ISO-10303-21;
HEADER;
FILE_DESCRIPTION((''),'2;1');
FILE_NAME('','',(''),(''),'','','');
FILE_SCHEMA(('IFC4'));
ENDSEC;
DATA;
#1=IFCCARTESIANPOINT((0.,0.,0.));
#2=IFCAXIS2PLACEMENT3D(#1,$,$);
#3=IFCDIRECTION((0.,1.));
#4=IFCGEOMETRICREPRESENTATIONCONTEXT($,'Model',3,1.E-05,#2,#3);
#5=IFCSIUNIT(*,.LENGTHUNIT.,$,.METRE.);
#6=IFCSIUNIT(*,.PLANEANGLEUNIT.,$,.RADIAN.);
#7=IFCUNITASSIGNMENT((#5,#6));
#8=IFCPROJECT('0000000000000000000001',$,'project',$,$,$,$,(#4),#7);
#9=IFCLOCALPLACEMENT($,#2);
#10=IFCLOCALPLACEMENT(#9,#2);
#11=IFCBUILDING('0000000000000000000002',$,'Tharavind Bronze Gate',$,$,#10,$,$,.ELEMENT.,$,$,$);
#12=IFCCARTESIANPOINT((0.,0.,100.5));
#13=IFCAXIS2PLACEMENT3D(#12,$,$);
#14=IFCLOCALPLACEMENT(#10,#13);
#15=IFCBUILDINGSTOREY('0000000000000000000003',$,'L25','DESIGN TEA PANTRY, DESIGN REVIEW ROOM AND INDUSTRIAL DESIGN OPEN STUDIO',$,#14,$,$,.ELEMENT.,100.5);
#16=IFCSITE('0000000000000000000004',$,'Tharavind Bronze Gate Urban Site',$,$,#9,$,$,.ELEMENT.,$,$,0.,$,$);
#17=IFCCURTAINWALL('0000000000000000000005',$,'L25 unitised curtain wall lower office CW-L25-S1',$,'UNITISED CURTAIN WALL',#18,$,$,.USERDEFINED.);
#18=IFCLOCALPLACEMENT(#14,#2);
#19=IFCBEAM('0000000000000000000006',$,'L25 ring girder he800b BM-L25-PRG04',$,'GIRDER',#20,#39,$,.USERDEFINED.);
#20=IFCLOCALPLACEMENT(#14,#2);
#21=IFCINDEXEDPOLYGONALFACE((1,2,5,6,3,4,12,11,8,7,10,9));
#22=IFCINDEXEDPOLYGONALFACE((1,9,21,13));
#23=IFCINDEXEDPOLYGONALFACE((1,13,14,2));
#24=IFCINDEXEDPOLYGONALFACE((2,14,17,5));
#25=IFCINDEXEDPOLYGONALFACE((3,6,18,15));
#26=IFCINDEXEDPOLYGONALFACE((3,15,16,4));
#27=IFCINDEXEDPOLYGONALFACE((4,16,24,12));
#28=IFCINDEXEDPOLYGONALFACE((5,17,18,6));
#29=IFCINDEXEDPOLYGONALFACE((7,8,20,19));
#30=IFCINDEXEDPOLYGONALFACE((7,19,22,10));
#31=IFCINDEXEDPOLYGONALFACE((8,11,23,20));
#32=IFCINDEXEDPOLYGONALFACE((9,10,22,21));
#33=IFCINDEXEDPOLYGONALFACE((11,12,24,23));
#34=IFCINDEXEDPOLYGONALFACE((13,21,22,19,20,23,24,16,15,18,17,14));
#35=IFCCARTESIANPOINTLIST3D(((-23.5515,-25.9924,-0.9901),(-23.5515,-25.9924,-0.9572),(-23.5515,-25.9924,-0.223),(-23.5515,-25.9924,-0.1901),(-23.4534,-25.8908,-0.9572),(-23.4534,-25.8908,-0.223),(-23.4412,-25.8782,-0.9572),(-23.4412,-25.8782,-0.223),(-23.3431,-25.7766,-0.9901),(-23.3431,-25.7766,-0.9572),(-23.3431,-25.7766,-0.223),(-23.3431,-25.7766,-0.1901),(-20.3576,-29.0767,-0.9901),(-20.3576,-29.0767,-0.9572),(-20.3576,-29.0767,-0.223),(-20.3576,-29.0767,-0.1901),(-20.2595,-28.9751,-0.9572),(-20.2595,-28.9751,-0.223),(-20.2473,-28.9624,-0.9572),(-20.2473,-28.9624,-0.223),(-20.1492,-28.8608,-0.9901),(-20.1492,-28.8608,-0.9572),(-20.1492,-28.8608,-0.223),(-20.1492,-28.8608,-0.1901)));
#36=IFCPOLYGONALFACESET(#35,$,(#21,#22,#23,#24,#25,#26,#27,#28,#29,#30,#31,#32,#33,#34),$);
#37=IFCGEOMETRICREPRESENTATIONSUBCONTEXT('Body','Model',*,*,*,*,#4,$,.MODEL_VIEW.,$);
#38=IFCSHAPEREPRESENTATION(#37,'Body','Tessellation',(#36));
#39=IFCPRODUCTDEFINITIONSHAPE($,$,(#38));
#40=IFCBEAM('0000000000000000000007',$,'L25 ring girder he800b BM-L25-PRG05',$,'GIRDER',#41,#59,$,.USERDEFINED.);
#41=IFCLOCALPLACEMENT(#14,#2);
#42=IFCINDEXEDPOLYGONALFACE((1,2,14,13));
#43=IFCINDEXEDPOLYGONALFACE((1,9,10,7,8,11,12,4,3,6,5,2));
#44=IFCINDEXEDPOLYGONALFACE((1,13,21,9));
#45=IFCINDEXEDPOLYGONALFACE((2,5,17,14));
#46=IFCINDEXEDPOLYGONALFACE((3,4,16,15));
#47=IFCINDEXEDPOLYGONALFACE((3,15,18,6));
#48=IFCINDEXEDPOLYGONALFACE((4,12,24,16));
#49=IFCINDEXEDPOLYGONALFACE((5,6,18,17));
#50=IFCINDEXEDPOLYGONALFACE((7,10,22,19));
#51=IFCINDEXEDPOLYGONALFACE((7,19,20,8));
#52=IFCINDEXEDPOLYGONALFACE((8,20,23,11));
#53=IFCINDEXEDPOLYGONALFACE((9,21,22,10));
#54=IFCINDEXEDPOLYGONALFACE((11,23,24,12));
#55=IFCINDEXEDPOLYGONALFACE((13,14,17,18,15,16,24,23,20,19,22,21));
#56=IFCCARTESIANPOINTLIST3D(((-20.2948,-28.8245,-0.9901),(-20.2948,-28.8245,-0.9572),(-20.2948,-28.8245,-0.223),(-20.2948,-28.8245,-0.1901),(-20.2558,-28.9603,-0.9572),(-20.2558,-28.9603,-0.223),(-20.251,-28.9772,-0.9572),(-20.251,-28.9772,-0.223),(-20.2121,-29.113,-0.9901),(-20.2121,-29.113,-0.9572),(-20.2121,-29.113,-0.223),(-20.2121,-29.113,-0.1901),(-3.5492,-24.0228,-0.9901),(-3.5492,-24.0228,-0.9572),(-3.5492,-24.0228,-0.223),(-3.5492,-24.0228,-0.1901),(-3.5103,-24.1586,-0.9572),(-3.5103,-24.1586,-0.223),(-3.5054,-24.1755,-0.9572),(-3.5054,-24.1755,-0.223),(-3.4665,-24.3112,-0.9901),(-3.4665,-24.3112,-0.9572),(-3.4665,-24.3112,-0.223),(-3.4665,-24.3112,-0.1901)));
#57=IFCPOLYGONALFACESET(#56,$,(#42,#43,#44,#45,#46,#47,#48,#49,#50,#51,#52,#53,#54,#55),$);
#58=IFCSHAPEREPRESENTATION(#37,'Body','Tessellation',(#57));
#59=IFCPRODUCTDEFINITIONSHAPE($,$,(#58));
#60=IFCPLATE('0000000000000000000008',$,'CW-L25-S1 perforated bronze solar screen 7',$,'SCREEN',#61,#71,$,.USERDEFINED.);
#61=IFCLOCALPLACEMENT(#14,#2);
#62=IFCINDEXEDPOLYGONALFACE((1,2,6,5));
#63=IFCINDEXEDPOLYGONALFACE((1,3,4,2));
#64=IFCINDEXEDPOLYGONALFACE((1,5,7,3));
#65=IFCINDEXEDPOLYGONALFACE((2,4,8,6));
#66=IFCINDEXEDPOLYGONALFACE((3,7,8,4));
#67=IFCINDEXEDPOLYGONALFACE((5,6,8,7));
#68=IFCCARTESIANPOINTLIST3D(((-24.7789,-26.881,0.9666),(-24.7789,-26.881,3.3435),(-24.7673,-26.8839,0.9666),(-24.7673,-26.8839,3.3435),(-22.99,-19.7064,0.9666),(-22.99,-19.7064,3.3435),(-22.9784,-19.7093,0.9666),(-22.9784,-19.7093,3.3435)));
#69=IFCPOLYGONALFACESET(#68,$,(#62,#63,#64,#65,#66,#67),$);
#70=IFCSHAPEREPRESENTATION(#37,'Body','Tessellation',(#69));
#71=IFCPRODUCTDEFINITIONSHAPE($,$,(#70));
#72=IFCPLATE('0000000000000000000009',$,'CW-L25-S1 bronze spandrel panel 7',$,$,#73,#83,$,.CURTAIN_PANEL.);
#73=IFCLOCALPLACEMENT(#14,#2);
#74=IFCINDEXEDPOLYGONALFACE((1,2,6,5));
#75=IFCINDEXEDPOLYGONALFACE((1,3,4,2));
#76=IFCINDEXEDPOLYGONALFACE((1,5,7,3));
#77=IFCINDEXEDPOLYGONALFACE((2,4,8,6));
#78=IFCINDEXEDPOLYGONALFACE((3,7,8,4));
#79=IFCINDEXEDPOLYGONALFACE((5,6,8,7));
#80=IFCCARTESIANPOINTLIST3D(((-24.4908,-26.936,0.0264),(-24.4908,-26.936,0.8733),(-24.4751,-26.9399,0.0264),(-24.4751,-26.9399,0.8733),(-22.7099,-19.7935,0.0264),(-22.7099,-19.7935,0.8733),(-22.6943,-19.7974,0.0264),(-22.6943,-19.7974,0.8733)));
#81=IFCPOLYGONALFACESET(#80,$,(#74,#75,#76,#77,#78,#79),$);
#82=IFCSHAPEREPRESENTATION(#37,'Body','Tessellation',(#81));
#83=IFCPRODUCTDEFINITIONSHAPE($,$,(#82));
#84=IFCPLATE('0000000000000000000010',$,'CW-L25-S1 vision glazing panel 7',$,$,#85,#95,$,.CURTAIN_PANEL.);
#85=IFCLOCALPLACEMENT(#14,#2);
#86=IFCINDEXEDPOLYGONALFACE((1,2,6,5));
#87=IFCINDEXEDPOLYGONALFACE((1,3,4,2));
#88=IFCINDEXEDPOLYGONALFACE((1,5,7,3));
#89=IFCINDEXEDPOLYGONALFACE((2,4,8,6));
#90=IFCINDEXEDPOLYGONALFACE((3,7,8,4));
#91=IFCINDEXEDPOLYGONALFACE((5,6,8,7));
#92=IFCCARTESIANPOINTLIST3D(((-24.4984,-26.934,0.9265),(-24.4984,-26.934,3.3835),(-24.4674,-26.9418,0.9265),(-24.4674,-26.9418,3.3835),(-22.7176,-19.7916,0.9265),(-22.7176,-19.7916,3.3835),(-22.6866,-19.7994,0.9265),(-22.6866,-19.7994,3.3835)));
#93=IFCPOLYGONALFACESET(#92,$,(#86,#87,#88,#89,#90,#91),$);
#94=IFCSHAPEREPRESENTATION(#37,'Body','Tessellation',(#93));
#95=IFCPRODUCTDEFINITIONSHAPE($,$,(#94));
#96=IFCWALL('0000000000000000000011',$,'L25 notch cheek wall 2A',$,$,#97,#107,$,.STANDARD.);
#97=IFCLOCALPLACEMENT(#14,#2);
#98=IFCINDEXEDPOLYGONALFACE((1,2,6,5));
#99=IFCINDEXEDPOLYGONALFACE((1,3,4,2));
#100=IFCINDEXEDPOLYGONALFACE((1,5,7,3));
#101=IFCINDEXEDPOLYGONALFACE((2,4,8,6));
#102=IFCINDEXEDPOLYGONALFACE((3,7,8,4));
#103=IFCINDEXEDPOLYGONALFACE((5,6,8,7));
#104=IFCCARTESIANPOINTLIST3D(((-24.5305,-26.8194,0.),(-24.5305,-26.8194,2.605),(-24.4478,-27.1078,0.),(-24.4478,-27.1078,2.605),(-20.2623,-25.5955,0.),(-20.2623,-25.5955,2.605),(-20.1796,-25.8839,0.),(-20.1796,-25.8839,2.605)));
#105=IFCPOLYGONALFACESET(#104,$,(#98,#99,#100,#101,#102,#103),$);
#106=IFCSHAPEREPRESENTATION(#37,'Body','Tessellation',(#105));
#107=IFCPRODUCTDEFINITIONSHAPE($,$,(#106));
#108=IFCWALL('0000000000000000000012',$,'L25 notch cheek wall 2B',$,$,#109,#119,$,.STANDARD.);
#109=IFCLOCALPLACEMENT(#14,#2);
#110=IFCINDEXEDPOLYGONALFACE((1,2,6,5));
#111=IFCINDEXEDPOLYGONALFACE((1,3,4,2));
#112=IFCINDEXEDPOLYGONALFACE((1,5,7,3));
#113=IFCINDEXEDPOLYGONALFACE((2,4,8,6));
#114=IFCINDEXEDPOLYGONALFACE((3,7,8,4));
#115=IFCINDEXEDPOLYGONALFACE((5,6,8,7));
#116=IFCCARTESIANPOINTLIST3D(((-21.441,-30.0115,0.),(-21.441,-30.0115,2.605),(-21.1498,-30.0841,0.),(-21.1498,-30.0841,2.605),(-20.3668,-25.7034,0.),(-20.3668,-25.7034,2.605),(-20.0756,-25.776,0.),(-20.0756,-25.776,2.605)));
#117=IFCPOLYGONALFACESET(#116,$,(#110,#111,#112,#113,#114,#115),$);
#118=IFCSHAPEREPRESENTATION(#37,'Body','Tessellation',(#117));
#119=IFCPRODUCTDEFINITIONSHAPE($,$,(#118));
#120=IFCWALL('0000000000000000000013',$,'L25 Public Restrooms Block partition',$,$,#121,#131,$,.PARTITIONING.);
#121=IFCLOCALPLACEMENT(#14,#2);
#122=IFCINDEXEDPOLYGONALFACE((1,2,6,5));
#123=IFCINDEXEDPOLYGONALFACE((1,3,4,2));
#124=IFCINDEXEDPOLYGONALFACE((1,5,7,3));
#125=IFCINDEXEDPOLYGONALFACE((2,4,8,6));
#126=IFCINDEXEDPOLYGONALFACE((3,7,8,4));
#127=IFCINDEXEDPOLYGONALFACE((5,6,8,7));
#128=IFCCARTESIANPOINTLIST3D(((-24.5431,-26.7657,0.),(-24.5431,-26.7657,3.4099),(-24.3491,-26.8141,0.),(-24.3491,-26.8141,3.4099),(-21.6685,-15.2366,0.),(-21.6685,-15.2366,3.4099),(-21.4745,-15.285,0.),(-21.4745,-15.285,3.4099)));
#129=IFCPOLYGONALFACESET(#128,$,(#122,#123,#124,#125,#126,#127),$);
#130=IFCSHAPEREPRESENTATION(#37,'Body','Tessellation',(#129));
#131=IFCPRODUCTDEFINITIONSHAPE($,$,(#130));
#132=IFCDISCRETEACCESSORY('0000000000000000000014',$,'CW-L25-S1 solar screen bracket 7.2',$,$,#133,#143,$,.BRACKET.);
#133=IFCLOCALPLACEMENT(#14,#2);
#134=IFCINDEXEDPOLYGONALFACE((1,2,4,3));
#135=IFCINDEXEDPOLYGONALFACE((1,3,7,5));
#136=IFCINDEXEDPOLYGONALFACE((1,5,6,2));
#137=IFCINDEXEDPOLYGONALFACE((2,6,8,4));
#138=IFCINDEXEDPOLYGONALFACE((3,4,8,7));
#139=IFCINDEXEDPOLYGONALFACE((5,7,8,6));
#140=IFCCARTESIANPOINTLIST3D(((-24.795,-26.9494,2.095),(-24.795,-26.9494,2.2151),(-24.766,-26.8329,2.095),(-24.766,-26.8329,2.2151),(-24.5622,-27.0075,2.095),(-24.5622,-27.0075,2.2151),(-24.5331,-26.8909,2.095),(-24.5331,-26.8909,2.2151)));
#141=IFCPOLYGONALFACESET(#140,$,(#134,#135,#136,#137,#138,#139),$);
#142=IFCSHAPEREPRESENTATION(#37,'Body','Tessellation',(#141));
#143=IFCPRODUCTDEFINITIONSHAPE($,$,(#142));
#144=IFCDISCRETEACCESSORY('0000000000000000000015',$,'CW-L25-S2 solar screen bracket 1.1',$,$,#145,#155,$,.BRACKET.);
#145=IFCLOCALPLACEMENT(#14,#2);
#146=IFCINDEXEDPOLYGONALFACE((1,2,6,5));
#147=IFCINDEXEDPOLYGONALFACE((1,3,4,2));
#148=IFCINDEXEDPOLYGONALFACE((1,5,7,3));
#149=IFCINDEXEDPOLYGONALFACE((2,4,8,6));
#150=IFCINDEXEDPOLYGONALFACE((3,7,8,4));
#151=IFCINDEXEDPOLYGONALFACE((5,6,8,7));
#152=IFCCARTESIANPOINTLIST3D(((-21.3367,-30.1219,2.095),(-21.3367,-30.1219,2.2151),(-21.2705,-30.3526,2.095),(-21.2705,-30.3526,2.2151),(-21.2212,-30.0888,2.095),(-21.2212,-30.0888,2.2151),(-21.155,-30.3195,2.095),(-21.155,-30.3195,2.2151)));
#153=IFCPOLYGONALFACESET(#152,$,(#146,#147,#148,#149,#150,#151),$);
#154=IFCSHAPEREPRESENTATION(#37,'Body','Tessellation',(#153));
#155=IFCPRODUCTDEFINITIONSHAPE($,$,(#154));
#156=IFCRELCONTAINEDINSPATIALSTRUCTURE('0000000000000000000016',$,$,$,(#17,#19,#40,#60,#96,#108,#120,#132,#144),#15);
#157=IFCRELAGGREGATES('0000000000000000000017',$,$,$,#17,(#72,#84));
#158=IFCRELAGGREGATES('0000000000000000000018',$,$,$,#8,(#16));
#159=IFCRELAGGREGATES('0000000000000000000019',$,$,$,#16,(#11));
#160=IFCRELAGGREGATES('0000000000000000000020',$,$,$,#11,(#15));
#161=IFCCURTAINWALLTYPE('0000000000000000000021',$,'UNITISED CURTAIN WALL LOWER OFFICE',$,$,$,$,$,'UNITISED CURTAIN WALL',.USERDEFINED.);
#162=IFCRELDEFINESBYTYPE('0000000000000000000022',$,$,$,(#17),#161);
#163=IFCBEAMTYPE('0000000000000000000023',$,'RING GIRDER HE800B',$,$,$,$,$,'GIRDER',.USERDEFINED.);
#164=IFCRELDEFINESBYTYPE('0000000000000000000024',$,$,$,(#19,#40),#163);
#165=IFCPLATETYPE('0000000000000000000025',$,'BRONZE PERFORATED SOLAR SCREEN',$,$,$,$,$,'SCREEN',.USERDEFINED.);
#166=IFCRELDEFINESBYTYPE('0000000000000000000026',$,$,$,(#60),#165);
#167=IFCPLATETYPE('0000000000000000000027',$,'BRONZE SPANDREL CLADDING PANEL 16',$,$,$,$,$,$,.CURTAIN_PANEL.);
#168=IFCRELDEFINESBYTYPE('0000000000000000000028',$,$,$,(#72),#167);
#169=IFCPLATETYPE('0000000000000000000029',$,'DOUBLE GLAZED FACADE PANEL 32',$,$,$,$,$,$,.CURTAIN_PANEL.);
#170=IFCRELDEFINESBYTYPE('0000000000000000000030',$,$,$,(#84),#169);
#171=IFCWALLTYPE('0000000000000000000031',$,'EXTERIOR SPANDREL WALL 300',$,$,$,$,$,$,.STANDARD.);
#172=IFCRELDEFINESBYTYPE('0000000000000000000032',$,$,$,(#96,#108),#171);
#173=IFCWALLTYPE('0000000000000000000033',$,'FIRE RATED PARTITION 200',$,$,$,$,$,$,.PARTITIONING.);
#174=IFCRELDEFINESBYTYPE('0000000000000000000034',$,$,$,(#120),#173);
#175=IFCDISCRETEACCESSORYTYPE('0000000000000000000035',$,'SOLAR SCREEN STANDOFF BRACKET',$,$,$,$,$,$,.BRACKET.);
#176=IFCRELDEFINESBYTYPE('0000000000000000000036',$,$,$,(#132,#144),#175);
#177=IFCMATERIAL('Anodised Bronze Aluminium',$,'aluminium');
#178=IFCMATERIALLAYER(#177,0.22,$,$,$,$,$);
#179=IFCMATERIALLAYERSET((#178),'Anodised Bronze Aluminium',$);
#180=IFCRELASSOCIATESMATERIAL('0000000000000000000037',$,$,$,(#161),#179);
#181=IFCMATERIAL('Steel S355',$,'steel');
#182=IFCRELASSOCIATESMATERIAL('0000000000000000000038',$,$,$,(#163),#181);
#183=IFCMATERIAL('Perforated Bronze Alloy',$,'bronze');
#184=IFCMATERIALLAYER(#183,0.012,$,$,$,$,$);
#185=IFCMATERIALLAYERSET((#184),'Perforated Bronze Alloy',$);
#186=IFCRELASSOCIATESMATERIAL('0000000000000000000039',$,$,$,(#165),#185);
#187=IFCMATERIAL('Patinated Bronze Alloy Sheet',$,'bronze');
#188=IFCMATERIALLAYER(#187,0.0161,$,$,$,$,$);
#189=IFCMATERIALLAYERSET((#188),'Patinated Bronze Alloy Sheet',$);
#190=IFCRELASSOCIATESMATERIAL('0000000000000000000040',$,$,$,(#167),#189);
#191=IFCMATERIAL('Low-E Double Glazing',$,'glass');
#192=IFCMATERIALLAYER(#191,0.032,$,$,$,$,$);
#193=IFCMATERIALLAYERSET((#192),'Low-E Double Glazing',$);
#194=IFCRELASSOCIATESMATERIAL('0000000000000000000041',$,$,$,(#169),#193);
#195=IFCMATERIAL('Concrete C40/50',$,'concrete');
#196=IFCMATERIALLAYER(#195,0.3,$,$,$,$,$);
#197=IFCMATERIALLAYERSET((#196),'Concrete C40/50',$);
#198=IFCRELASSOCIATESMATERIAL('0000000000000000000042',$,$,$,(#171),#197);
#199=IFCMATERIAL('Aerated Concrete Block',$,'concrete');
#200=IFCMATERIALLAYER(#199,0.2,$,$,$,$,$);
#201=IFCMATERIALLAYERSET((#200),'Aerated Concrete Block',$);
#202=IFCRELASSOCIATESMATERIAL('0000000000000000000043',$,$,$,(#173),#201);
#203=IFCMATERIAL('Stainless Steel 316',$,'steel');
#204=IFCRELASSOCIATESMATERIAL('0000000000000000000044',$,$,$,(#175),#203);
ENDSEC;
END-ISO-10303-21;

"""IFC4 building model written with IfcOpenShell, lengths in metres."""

from ifc_helpers import new_model, si_unit, direction, frame, frame_2d, origin, origin_2d, place, context, subcontext, project, spatial, rectangle, i_section, extrude, material, layer, layer_set, material_profile, profile_set, type_object, element, aggregate, save


model = new_model("IFC4")

# Units and contexts
model_context = context("Model", 3, precision=1e-05, world=origin(), true_north=direction((0.0, 1.0)))
body_context = subcontext(model_context, "Body", "Model", "MODEL_VIEW")
ifc_project = project(units=[si_unit("LENGTHUNIT", "METRE"), si_unit("PLANEANGLEUNIT", "RADIAN")], contexts=[model_context])

# Site, building, storey
site_placement = place(None, origin())
site = spatial("IfcSite", under=ifc_project, at=site_placement, Name="Tharavind Bronze Gate Urban Site", CompositionType="ELEMENT", RefElevation=0.0)
building_placement = place(site_placement, origin())
building = spatial("IfcBuilding", under=site, at=building_placement, Name="Tharavind Bronze Gate", CompositionType="ELEMENT")
storey_placement = place(building_placement, frame((0.0, 0.0, 100.5)))
storey = spatial("IfcBuildingStorey", under=building, at=storey_placement, Name="L25", Description="DESIGN TEA PANTRY, DESIGN REVIEW ROOM AND INDUSTRIAL DESIGN OPEN STUDIO", CompositionType="ELEMENT", Elevation=100.5)

# Curtain wall
ifc_material_1 = material(Name="Anodised Bronze Aluminium", Category="aluminium")
ifc_layer_1 = layer(ifc_material_1, 0.22)
ifc_layer_set_1 = layer_set([ifc_layer_1], Name="Anodised Bronze Aluminium")
curtain_wall_type = type_object("IfcCurtainWallType", Name="UNITISED CURTAIN WALL LOWER OFFICE", ElementType="UNITISED CURTAIN WALL", PredefinedType="USERDEFINED", material=ifc_layer_set_1)
curtain_wall_1_placement = place(storey_placement, origin())
curtain_wall_1 = element("IfcCurtainWall", 1, at=curtain_wall_1_placement, inside=storey, type_object=curtain_wall_type, Name="L25 unitised curtain wall lower office CW-L25-S1", ObjectType="UNITISED CURTAIN WALL", PredefinedType="USERDEFINED")

# Beams
ifc_material_2 = material(Name="Steel S355", Category="steel")
ifc_material_profile_1 = material_profile(ifc_material_2, i_section(OverallWidth=0.3, OverallDepth=0.8, WebThickness=0.0176, FlangeThickness=0.033, at=origin_2d()), Name="HE800B")
ifc_profile_set_1 = profile_set([ifc_material_profile_1], Name="Steel S355")
beam_type_1 = type_object("IfcBeamType", Name="RING GIRDER HE800B", ElementType="GIRDER", PredefinedType="USERDEFINED", material=ifc_profile_set_1)
beam_1_placement = place(storey_placement, frame((-23.4473, -25.8845, -0.5901), z_axis=(0.719344, -0.694654, 0.0), x_axis=(0.694654, 0.719344, 0.0)))
element("IfcBeam", 2, at=beam_1_placement, inside=storey, type_object=beam_type_1, Name="L25 ring girder he800b BM-L25-PRG04", ObjectType="GIRDER", PredefinedType="USERDEFINED", context=body_context, shape_type="SweptSolid", body=[
    extrude(i_section(OverallWidth=0.3, OverallDepth=0.8, WebThickness=0.0176, FlangeThickness=0.033, at=origin_2d()), origin(), (0.0, 0.0, 1.0), 4.4399),
])
beam_2_placement = place(storey_placement, frame((-20.2534, -28.9688, -0.5901), z_axis=(0.961261, 0.275639, 0.0), x_axis=(-0.275639, 0.961261, 0.0)))
element("IfcBeam", 3, at=beam_2_placement, inside=storey, type_object=beam_type_1, Name="L25 ring girder he800b BM-L25-PRG05", ObjectType="GIRDER", PredefinedType="USERDEFINED", context=body_context, shape_type="SweptSolid", body=[
    extrude(i_section(OverallWidth=0.3, OverallDepth=0.8, WebThickness=0.0176, FlangeThickness=0.033, at=origin_2d()), origin(), (0.0, 0.0, 1.0), 17.4204),
])

# Plates
ifc_material_3 = material(Name="Perforated Bronze Alloy", Category="bronze")
ifc_layer_2 = layer(ifc_material_3, 0.012)
ifc_layer_set_2 = layer_set([ifc_layer_2], Name="Perforated Bronze Alloy")
plate_type_1 = type_object("IfcPlateType", Name="BRONZE PERFORATED SOLAR SCREEN", ElementType="SCREEN", PredefinedType="USERDEFINED", material=ifc_layer_set_2)
plate_1_placement = place(storey_placement, frame((-23.8787, -23.2952, 0.9666), z_axis=(0.0, 0.0, 1.0), x_axis=(-0.241922, -0.970296, 0.0)))
element("IfcPlate", 4, at=plate_1_placement, inside=storey, type_object=plate_type_1, Name="CW-L25-S1 perforated bronze solar screen 7", ObjectType="SCREEN", PredefinedType="USERDEFINED", context=body_context, shape_type="SweptSolid", body=[
    extrude(rectangle(XDim=7.3943, YDim=0.012, at=origin_2d()), origin(), (0.0, 0.0, 1.0), 2.377),
])
ifc_material_4 = material(Name="Patinated Bronze Alloy Sheet", Category="bronze")
ifc_layer_3 = layer(ifc_material_4, 0.0161)
ifc_layer_set_3 = layer_set([ifc_layer_3], Name="Patinated Bronze Alloy Sheet")
plate_type_2 = type_object("IfcPlateType", Name="BRONZE SPANDREL CLADDING PANEL 16", PredefinedType="CURTAIN_PANEL", material=ifc_layer_set_3)
plate_2_placement = place(storey_placement, frame((-23.5925, -23.3667, 0.0264), z_axis=(0.0, 0.0, 1.0), x_axis=(-0.241922, -0.970296, 0.0)))
plate_2 = element("IfcPlate", 5, at=plate_2_placement, type_object=plate_type_2, Name="CW-L25-S1 bronze spandrel panel 7", PredefinedType="CURTAIN_PANEL", context=body_context, shape_type="SweptSolid", body=[
    extrude(rectangle(XDim=7.3611, YDim=0.0161, at=origin_2d()), origin(), (0.0, 0.0, 1.0), 0.8469),
])
ifc_material_5 = material(Name="Low-E Double Glazing", Category="glass")
ifc_layer_4 = layer(ifc_material_5, 0.032)
ifc_layer_set_4 = layer_set([ifc_layer_4], Name="Low-E Double Glazing")
plate_type_3 = type_object("IfcPlateType", Name="DOUBLE GLAZED FACADE PANEL 32", PredefinedType="CURTAIN_PANEL", material=ifc_layer_set_4)
plate_3_placement = place(storey_placement, frame((-23.5925, -23.3667, 0.9265), z_axis=(0.0, 0.0, 1.0), x_axis=(-0.241922, -0.970296, 0.0)))
plate_3 = element("IfcPlate", 6, at=plate_3_placement, type_object=plate_type_3, Name="CW-L25-S1 vision glazing panel 7", PredefinedType="CURTAIN_PANEL", context=body_context, shape_type="SweptSolid", body=[
    extrude(rectangle(XDim=7.3611, YDim=0.032, at=origin_2d()), origin(), (0.0, 0.0, 1.0), 2.457),
])
aggregate(curtain_wall_1, [plate_2, plate_3])

# Walls
ifc_material_6 = material(Name="Concrete C40/50", Category="concrete")
ifc_layer_5 = layer(ifc_material_6, 0.3)
ifc_layer_set_5 = layer_set([ifc_layer_5], Name="Concrete C40/50")
wall_type_1 = type_object("IfcWallType", Name="EXTERIOR SPANDREL WALL 300", PredefinedType="STANDARD", material=ifc_layer_set_5)
wall_1_placement = place(storey_placement, frame((-24.4893, -26.9636, 0.0), z_axis=(0.0, 0.0, 1.0), x_axis=(0.96126, 0.275643, 0.0)))
element("IfcWall", 7, at=wall_1_placement, inside=storey, type_object=wall_type_1, Name="L25 notch cheek wall 2A", PredefinedType="STANDARD", context=body_context, shape_type="SweptSolid", body=[
    extrude(rectangle(XDim=4.4402, YDim=0.3, at=frame_2d((2.2202, 0.0))), origin(), (0.0, 0.0, 1.0), 2.605),
])
wall_2_placement = place(storey_placement, frame((-20.2212, -25.7397, 0.0), z_axis=(0.0, 0.0, 1.0), x_axis=(-0.24194, -0.970291, 0.0)))
element("IfcWall", 8, at=wall_2_placement, inside=storey, type_object=wall_type_1, Name="L25 notch cheek wall 2B", PredefinedType="STANDARD", context=body_context, shape_type="SweptSolid", body=[
    extrude(rectangle(XDim=4.4399, YDim=0.3, at=frame_2d((2.22, 0.0))), origin(), (0.0, 0.0, 1.0), 2.605),
])
ifc_material_7 = material(Name="Aerated Concrete Block", Category="concrete")
ifc_layer_6 = layer(ifc_material_7, 0.2)
ifc_layer_set_6 = layer_set([ifc_layer_6], Name="Aerated Concrete Block")
wall_type_2 = type_object("IfcWallType", Name="FIRE RATED PARTITION 200", PredefinedType="PARTITIONING", material=ifc_layer_set_6)
wall_3_placement = place(storey_placement, frame((-24.446, -26.7898, 0.0), z_axis=(0.0, 0.0, 1.0), x_axis=(0.241922, 0.970296, 0.0)))
element("IfcWall", 9, at=wall_3_placement, inside=storey, type_object=wall_type_2, Name="L25 Public Restrooms Block partition", PredefinedType="PARTITIONING", context=body_context, shape_type="SweptSolid", body=[
    extrude(rectangle(XDim=11.8821, YDim=0.2, at=frame_2d((5.9409, 0.0))), origin(), (0.0, 0.0, 1.0), 3.4099),
])

# Discrete accessories
ifc_material_8 = material(Name="Stainless Steel 316", Category="steel")
discrete_accessory_type = type_object("IfcDiscreteAccessoryType", Name="SOLAR SCREEN STANDOFF BRACKET", PredefinedType="BRACKET", material=ifc_material_8)
for number, where, z_axis, x_axis, name in (
    (10, (-24.6641, -26.9202, 2.095), (0.0, 0.0, 1.0), (-0.241922, -0.970296, 0.0), "CW-L25-S1 solar screen bracket 7.2"),
    (11, (-21.2458, -30.2207, 2.095), (0.0, 0.0, 1.0), (0.961262, 0.275637, 0.0), "CW-L25-S2 solar screen bracket 1.1"),
):
    element("IfcDiscreteAccessory", number, at=place(storey_placement, frame(where, z_axis=z_axis, x_axis=x_axis)), inside=storey, type_object=discrete_accessory_type, Name=name, PredefinedType="BRACKET", context=body_context, shape_type="SweptSolid", body=[
        extrude(rectangle(XDim=0.1201, YDim=0.24, at=origin_2d()), origin(), (0.0, 0.0, 1.0), 0.1201),
    ])

save(model, "model.ifc")
